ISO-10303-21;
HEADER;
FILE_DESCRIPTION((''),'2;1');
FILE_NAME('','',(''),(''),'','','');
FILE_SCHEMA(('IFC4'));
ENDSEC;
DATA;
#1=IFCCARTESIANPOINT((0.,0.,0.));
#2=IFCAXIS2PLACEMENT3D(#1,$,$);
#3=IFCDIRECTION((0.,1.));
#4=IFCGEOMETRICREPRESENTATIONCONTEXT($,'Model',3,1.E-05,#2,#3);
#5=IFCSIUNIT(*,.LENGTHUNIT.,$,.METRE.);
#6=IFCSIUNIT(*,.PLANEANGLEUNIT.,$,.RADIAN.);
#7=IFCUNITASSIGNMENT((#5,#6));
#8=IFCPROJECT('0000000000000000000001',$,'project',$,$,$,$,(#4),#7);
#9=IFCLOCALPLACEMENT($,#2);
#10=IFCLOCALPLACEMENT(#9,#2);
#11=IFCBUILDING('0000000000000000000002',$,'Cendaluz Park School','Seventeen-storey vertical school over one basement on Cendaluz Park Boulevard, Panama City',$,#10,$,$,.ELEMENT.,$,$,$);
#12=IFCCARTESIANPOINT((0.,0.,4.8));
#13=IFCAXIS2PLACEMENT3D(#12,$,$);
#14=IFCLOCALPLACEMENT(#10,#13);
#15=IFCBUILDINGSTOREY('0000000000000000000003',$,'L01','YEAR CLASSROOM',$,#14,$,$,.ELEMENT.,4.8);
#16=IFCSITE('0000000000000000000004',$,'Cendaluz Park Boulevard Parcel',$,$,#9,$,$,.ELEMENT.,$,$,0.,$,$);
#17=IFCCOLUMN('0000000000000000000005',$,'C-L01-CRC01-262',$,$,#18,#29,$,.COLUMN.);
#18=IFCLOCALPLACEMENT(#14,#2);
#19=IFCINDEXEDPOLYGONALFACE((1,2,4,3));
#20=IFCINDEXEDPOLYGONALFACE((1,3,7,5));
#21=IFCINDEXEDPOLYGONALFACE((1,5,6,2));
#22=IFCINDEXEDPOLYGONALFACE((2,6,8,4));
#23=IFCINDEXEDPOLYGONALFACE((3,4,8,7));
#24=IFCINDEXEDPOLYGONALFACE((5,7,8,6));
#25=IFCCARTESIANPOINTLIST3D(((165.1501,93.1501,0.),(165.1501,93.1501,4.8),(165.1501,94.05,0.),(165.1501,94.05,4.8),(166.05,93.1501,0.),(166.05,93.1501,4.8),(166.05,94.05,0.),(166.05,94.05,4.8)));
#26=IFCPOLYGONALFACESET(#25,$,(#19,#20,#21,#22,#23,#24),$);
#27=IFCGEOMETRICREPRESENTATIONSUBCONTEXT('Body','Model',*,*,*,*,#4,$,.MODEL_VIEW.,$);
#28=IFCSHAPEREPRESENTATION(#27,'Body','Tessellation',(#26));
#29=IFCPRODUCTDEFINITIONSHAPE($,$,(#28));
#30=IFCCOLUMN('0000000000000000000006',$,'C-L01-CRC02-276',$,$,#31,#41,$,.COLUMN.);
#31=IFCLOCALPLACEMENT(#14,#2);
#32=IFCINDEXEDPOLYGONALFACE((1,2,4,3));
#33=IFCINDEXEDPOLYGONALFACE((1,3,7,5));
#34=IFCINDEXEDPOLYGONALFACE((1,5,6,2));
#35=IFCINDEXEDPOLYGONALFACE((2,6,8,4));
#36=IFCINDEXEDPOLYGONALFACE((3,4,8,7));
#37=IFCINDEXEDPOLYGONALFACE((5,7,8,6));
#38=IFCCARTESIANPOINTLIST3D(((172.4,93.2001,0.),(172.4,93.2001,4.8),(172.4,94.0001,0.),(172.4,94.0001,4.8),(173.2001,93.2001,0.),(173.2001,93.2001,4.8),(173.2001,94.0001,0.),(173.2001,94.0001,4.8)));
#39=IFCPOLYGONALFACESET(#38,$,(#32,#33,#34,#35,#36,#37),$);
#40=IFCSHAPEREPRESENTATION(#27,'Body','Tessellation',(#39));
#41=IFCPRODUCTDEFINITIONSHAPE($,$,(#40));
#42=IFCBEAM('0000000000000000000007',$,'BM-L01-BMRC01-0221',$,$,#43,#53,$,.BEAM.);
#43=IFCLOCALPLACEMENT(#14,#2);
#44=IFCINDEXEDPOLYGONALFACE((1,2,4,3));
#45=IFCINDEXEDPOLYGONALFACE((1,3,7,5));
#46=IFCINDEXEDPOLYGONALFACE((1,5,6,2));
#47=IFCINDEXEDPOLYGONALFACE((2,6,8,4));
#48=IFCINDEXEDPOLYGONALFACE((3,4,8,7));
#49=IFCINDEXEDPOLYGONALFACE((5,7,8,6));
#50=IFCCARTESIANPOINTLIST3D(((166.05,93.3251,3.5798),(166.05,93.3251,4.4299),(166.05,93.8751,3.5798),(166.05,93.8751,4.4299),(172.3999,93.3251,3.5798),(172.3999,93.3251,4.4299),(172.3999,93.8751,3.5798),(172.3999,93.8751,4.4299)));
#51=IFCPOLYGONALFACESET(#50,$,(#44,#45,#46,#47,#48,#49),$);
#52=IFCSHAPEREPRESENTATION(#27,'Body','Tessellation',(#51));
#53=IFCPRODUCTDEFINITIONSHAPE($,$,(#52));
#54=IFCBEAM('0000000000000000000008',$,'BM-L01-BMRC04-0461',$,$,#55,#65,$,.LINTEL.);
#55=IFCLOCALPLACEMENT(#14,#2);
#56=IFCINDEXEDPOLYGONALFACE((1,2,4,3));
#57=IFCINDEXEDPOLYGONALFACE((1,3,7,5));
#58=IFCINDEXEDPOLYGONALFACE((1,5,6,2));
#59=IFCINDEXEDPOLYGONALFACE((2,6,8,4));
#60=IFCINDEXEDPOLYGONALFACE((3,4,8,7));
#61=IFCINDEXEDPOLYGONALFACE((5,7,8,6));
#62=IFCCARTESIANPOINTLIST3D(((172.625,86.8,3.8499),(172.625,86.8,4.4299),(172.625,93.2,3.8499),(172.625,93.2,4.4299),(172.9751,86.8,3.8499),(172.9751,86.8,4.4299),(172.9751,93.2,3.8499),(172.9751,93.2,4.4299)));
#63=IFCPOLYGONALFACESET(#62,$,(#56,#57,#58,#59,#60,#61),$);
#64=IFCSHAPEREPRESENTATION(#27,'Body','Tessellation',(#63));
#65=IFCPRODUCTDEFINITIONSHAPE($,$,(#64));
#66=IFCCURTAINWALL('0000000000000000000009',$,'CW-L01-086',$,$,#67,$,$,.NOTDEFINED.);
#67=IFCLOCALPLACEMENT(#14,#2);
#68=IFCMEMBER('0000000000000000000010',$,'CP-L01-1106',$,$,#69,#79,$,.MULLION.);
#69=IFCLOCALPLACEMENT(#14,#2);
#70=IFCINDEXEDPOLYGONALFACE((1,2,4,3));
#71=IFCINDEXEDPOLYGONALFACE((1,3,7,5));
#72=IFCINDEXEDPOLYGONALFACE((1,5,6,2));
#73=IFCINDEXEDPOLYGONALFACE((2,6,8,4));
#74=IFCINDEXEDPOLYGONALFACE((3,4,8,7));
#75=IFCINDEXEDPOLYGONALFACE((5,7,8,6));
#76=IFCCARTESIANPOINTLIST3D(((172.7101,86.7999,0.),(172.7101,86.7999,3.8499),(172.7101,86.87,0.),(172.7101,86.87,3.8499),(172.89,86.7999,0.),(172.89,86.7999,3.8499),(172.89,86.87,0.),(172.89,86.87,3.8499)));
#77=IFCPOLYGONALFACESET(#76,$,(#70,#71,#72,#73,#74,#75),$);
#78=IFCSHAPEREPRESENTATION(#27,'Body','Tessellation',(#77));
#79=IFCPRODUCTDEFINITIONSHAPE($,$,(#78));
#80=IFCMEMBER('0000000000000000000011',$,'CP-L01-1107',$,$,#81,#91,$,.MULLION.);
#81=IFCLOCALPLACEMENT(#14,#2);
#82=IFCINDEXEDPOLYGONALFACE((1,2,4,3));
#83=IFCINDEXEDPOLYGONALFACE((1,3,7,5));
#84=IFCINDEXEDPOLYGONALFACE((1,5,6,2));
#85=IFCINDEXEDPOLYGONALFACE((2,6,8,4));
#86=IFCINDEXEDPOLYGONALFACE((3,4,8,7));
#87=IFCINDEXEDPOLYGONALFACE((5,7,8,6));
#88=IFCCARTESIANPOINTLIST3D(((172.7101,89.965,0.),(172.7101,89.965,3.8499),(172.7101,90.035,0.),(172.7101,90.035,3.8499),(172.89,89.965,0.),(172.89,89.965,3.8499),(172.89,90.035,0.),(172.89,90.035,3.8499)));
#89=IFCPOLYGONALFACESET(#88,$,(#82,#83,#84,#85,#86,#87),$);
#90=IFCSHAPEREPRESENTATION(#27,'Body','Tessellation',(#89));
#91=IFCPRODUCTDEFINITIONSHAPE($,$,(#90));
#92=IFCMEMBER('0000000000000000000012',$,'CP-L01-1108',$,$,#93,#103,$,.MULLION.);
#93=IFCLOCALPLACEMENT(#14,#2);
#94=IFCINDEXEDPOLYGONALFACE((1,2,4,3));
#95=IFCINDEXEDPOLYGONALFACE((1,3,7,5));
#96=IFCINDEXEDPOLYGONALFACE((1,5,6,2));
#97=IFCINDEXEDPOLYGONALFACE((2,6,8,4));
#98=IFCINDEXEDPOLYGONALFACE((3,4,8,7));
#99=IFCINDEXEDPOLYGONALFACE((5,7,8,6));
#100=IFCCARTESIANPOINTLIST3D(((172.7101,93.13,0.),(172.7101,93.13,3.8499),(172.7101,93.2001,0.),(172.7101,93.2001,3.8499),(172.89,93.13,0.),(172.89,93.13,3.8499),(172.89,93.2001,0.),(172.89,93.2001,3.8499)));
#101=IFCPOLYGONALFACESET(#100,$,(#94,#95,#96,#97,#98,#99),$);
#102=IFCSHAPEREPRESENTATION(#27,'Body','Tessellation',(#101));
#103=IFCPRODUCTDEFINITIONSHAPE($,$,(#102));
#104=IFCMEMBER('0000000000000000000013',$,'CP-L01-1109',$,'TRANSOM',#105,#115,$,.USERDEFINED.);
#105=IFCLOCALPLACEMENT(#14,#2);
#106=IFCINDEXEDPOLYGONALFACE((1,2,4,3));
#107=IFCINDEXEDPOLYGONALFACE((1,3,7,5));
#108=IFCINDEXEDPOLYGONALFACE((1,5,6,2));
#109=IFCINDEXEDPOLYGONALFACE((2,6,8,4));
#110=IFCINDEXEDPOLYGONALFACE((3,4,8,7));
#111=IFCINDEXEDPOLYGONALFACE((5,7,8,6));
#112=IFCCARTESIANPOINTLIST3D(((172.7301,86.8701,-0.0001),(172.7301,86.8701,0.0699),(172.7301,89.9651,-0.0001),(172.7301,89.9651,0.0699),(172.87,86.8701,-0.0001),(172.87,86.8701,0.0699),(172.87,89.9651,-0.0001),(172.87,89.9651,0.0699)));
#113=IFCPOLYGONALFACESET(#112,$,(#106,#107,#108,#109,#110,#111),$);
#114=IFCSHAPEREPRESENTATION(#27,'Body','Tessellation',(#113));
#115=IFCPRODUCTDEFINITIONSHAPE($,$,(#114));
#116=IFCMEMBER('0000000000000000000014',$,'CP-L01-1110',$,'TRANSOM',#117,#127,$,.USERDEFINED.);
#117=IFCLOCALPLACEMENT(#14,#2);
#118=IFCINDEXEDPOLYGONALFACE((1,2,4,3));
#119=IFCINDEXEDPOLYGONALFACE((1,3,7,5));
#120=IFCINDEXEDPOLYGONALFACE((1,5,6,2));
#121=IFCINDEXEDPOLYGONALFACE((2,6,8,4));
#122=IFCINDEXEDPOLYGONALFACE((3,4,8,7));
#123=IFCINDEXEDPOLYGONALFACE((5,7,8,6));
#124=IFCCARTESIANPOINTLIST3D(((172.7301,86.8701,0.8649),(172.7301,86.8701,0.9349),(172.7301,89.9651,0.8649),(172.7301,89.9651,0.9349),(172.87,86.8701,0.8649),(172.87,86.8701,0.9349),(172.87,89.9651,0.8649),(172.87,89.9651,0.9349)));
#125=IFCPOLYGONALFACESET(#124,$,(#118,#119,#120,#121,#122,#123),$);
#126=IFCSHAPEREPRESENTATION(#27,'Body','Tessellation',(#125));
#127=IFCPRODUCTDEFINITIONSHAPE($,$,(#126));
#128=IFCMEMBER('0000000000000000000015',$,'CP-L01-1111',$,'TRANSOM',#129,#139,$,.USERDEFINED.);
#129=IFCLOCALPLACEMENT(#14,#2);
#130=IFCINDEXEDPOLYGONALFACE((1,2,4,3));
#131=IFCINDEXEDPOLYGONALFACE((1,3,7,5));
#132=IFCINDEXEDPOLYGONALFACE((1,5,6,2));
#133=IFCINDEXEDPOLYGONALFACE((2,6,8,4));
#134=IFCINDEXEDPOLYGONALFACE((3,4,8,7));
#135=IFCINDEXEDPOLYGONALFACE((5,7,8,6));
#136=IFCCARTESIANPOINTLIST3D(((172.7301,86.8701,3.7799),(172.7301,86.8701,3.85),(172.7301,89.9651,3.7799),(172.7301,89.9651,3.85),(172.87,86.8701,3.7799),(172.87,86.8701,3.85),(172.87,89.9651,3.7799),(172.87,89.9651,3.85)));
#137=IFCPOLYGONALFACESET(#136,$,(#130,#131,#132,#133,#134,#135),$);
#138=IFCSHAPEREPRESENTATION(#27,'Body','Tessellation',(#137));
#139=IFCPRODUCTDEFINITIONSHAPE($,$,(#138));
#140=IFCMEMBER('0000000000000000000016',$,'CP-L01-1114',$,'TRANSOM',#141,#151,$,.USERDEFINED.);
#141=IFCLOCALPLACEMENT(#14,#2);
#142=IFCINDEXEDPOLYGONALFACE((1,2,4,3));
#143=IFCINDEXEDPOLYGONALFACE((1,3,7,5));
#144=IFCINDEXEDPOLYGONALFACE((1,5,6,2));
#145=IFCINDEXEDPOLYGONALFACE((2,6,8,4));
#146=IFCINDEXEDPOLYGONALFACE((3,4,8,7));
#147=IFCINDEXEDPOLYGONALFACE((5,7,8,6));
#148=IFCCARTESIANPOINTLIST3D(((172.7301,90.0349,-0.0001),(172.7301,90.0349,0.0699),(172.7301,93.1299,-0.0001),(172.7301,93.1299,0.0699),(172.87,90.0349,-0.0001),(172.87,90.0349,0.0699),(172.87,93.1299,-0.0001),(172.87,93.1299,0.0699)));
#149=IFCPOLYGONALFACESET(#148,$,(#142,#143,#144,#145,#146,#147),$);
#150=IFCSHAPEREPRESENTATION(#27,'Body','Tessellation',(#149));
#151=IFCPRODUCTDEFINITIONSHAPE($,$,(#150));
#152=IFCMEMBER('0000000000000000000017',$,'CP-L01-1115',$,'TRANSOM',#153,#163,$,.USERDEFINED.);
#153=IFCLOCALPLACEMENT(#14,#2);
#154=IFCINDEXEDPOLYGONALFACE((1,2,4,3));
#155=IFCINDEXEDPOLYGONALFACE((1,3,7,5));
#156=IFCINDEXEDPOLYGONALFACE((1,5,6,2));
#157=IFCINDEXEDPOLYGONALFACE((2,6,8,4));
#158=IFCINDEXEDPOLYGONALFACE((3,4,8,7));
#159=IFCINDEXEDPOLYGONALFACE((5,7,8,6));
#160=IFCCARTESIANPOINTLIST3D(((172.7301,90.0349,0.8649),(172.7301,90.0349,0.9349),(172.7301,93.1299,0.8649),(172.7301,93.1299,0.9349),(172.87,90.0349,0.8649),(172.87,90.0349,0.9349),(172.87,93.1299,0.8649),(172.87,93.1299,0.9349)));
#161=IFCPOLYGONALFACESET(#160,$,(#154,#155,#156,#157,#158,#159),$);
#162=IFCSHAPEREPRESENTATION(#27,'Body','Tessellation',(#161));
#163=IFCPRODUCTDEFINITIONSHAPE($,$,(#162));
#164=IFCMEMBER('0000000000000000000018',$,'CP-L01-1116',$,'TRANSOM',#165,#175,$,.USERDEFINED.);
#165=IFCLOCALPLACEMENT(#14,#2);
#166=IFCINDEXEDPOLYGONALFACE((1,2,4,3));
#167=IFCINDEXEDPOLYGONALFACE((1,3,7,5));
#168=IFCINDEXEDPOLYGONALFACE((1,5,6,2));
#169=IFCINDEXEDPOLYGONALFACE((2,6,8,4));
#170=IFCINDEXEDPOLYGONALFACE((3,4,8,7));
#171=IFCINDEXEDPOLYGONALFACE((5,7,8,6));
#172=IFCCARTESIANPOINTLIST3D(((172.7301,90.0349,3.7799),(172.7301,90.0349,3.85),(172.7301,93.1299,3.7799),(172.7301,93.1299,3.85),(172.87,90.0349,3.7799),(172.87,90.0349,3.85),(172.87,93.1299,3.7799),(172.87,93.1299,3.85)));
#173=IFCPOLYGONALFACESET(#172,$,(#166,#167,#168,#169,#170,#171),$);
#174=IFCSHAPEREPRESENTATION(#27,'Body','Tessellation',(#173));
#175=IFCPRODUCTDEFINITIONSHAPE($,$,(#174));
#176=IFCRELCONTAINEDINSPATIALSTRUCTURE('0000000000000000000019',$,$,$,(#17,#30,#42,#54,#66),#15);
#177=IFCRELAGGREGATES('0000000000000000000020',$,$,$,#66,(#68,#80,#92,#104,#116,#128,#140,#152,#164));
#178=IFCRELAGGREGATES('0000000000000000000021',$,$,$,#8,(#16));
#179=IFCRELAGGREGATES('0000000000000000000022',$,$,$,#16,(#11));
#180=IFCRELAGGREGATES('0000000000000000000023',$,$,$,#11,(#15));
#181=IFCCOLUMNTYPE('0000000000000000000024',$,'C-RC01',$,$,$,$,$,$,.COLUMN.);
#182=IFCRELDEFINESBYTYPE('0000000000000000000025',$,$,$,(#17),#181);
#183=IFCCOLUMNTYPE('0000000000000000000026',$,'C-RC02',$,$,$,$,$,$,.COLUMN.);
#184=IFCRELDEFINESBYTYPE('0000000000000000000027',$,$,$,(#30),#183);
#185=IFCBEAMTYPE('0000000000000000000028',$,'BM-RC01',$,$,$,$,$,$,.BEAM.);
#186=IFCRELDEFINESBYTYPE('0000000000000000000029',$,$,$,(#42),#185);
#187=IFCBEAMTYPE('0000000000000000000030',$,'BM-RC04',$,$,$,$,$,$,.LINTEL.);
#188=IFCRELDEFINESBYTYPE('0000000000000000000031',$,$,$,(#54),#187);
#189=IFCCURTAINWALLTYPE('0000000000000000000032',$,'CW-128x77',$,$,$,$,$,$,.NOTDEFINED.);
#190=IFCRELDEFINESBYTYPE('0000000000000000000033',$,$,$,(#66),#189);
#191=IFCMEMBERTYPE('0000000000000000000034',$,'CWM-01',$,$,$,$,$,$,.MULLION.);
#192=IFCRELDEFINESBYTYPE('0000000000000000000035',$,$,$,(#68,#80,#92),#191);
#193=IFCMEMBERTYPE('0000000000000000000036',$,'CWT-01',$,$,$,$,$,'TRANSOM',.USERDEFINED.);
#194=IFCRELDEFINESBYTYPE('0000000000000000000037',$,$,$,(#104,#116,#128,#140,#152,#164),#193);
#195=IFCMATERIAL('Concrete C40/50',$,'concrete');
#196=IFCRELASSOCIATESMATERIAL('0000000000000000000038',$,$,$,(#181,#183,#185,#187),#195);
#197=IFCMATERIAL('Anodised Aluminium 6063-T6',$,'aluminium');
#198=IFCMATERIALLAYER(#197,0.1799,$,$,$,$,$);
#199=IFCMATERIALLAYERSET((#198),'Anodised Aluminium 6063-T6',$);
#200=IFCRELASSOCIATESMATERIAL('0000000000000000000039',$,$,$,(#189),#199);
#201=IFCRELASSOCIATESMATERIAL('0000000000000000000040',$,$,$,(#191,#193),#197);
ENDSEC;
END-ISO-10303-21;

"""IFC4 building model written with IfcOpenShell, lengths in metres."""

from ifc_helpers import new_model, si_unit, direction, frame, origin, origin_2d, place, context, subcontext, project, spatial, rectangle, extrude, material, layer, layer_set, material_profile, profile_set, type_object, element, aggregate, save


model = new_model("IFC4")

# Units and contexts
model_context = context("Model", 3, precision=1e-05, world=origin(), true_north=direction((0.0, 1.0)))
body_context = subcontext(model_context, "Body", "Model", "MODEL_VIEW")
ifc_project = project(units=[si_unit("LENGTHUNIT", "METRE"), si_unit("PLANEANGLEUNIT", "RADIAN")], contexts=[model_context])

# Site, building, storey
site_placement = place(None, origin())
site = spatial("IfcSite", under=ifc_project, at=site_placement, Name="Cendaluz Park Boulevard Parcel", CompositionType="ELEMENT", RefElevation=0.0)
building_placement = place(site_placement, origin())
building = spatial("IfcBuilding", under=site, at=building_placement, Name="Cendaluz Park School", Description="Seventeen-storey vertical school over one basement on Cendaluz Park Boulevard, Panama City", CompositionType="ELEMENT")
storey_placement = place(building_placement, frame((0.0, 0.0, 4.8)))
storey = spatial("IfcBuildingStorey", under=building, at=storey_placement, Name="L01", Description="YEAR CLASSROOM", CompositionType="ELEMENT", Elevation=4.8)

# Columns
ifc_material_1 = material(Name="Concrete C40/50", Category="concrete")
ifc_material_profile_1 = material_profile(ifc_material_1, rectangle(XDim=0.8999, YDim=0.8999, at=origin_2d()), Name="RC 900x900", Category="concrete")
ifc_profile_set_1 = profile_set([ifc_material_profile_1], Name="Concrete C40/50")
column_type_1 = type_object("IfcColumnType", Name="C-RC01", PredefinedType="COLUMN", material=ifc_profile_set_1)
column_1_placement = place(storey_placement, frame((165.6001, 93.6001, 0.0), z_axis=(0.0, 0.0, 1.0), x_axis=(1.0, 0.0, 0.0)))
element("IfcColumn", 1, at=column_1_placement, inside=storey, type_object=column_type_1, Name="C-L01-CRC01-262", PredefinedType="COLUMN", context=body_context, shape_type="SweptSolid", body=[
    extrude(rectangle(XDim=0.8999, YDim=0.8999, at=origin_2d()), origin(), (0.0, 0.0, 1.0), 4.8),
])
ifc_material_profile_2 = material_profile(ifc_material_1, rectangle(XDim=0.8, YDim=0.8, at=origin_2d()), Name="RC 800x800", Category="concrete")
ifc_profile_set_2 = profile_set([ifc_material_profile_2], Name="Concrete C40/50")
column_type_2 = type_object("IfcColumnType", Name="C-RC02", PredefinedType="COLUMN", material=ifc_profile_set_2)
column_2_placement = place(storey_placement, frame((172.8, 93.6001, 0.0), z_axis=(0.0, 0.0, 1.0), x_axis=(1.0, 0.0, 0.0)))
element("IfcColumn", 2, at=column_2_placement, inside=storey, type_object=column_type_2, Name="C-L01-CRC02-276", PredefinedType="COLUMN", context=body_context, shape_type="SweptSolid", body=[
    extrude(rectangle(XDim=0.8, YDim=0.8, at=origin_2d()), origin(), (0.0, 0.0, 1.0), 4.8),
])

# Beams
ifc_material_profile_3 = material_profile(ifc_material_1, rectangle(XDim=0.55, YDim=0.8501, at=origin_2d()), Name="RC 550x850", Category="concrete")
ifc_profile_set_3 = profile_set([ifc_material_profile_3], Name="Concrete C40/50")
beam_type_1 = type_object("IfcBeamType", Name="BM-RC01", PredefinedType="BEAM", material=ifc_profile_set_3)
beam_1_placement = place(storey_placement, frame((166.05, 93.6001, 4.0049), z_axis=(1.0, 0.0, 0.0), x_axis=(0.0, 1.0, 0.0)))
element("IfcBeam", 3, at=beam_1_placement, inside=storey, type_object=beam_type_1, Name="BM-L01-BMRC01-0221", PredefinedType="BEAM", context=body_context, shape_type="SweptSolid", body=[
    extrude(rectangle(XDim=0.55, YDim=0.8501, at=origin_2d()), origin(), (0.0, 0.0, 1.0), 6.3499),
])
ifc_material_profile_4 = material_profile(ifc_material_1, rectangle(XDim=0.3501, YDim=0.5801, at=origin_2d()), Name="RC 350x580", Category="concrete")
ifc_profile_set_4 = profile_set([ifc_material_profile_4], Name="Concrete C40/50")
beam_type_2 = type_object("IfcBeamType", Name="BM-RC04", PredefinedType="LINTEL", material=ifc_profile_set_4)
beam_2_placement = place(storey_placement, frame((172.8, 86.8, 4.1399), z_axis=(0.0, 1.0, 0.0), x_axis=(-1.0, 0.0, 0.0)))
element("IfcBeam", 4, at=beam_2_placement, inside=storey, type_object=beam_type_2, Name="BM-L01-BMRC04-0461", PredefinedType="LINTEL", context=body_context, shape_type="SweptSolid", body=[
    extrude(rectangle(XDim=0.3501, YDim=0.5801, at=origin_2d()), origin(), (0.0, 0.0, 1.0), 6.3999),
])

# Curtain wall, members
ifc_material_2 = material(Name="Anodised Aluminium 6063-T6", Category="aluminium")
ifc_layer_1 = layer(ifc_material_2, 0.1799)
ifc_layer_set_1 = layer_set([ifc_layer_1], Name="Anodised Aluminium 6063-T6")
curtain_wall_type = type_object("IfcCurtainWallType", Name="CW-128x77", PredefinedType="NOTDEFINED", material=ifc_layer_set_1)
curtain_wall_placement = place(storey_placement, origin())
curtain_wall = element("IfcCurtainWall", 5, at=curtain_wall_placement, inside=storey, type_object=curtain_wall_type, Name="CW-L01-086", PredefinedType="NOTDEFINED")
ifc_material_profile_5 = material_profile(ifc_material_2, rectangle(XDim=0.1799, YDim=0.0701, at=origin_2d()), Name="CWM 180x70", Category="aluminium")
ifc_profile_set_5 = profile_set([ifc_material_profile_5], Name="Anodised Aluminium 6063-T6")
member_type_1 = type_object("IfcMemberType", Name="CWM-01", PredefinedType="MULLION", material=ifc_profile_set_5)
member_1_placement = place(storey_placement, frame((172.8, 86.835, 0.0), z_axis=(0.0, 0.0, 1.0), x_axis=(-1.0, 0.0, 0.0)))
member_1 = element("IfcMember", 6, at=member_1_placement, type_object=member_type_1, Name="CP-L01-1106", PredefinedType="MULLION", context=body_context, shape_type="SweptSolid", body=[
    extrude(rectangle(XDim=0.1799, YDim=0.0701, at=origin_2d()), origin(), (0.0, 0.0, 1.0), 3.8499),
])
member_2_placement = place(storey_placement, frame((172.8, 90.0, 0.0), z_axis=(0.0, 0.0, 1.0), x_axis=(-1.0, 0.0, 0.0)))
member_2 = element("IfcMember", 7, at=member_2_placement, type_object=member_type_1, Name="CP-L01-1107", PredefinedType="MULLION", context=body_context, shape_type="SweptSolid", body=[
    extrude(rectangle(XDim=0.1799, YDim=0.0701, at=origin_2d()), origin(), (0.0, 0.0, 1.0), 3.8499),
])
member_3_placement = place(storey_placement, frame((172.8, 93.165, 0.0), z_axis=(0.0, 0.0, 1.0), x_axis=(-1.0, 0.0, 0.0)))
member_3 = element("IfcMember", 8, at=member_3_placement, type_object=member_type_1, Name="CP-L01-1108", PredefinedType="MULLION", context=body_context, shape_type="SweptSolid", body=[
    extrude(rectangle(XDim=0.1799, YDim=0.0701, at=origin_2d()), origin(), (0.0, 0.0, 1.0), 3.8499),
])
ifc_material_profile_6 = material_profile(ifc_material_2, rectangle(XDim=0.1399, YDim=0.0701, at=origin_2d()), Name="CWT 140x70", Category="aluminium")
ifc_profile_set_6 = profile_set([ifc_material_profile_6], Name="Anodised Aluminium 6063-T6")
member_type_2 = type_object("IfcMemberType", Name="CWT-01", ElementType="TRANSOM", PredefinedType="USERDEFINED", material=ifc_profile_set_6)
member_4_placement = place(storey_placement, frame((172.8, 86.8701, 0.0349), z_axis=(0.0, 1.0, 0.0), x_axis=(-1.0, 0.0, 0.0)))
member_4 = element("IfcMember", 9, at=member_4_placement, type_object=member_type_2, Name="CP-L01-1109", ObjectType="TRANSOM", PredefinedType="USERDEFINED", context=body_context, shape_type="SweptSolid", body=[
    extrude(rectangle(XDim=0.1399, YDim=0.0701, at=origin_2d()), origin(), (0.0, 0.0, 1.0), 3.095),
])
member_5_placement = place(storey_placement, frame((172.8, 86.8701, 0.8999), z_axis=(0.0, 1.0, 0.0), x_axis=(-1.0, 0.0, 0.0)))
member_5 = element("IfcMember", 10, at=member_5_placement, type_object=member_type_2, Name="CP-L01-1110", ObjectType="TRANSOM", PredefinedType="USERDEFINED", context=body_context, shape_type="SweptSolid", body=[
    extrude(rectangle(XDim=0.1399, YDim=0.0701, at=origin_2d()), origin(), (0.0, 0.0, 1.0), 3.095),
])
member_6_placement = place(storey_placement, frame((172.8, 86.8701, 3.8149), z_axis=(0.0, 1.0, 0.0), x_axis=(-1.0, 0.0, 0.0)))
member_6 = element("IfcMember", 11, at=member_6_placement, type_object=member_type_2, Name="CP-L01-1111", ObjectType="TRANSOM", PredefinedType="USERDEFINED", context=body_context, shape_type="SweptSolid", body=[
    extrude(rectangle(XDim=0.1399, YDim=0.0701, at=origin_2d()), origin(), (0.0, 0.0, 1.0), 3.095),
])
member_7_placement = place(storey_placement, frame((172.8, 90.0349, 0.0349), z_axis=(0.0, 1.0, 0.0), x_axis=(-1.0, 0.0, 0.0)))
member_7 = element("IfcMember", 12, at=member_7_placement, type_object=member_type_2, Name="CP-L01-1114", ObjectType="TRANSOM", PredefinedType="USERDEFINED", context=body_context, shape_type="SweptSolid", body=[
    extrude(rectangle(XDim=0.1399, YDim=0.0701, at=origin_2d()), origin(), (0.0, 0.0, 1.0), 3.095),
])
member_8_placement = place(storey_placement, frame((172.8, 90.0349, 0.8999), z_axis=(0.0, 1.0, 0.0), x_axis=(-1.0, 0.0, 0.0)))
member_8 = element("IfcMember", 13, at=member_8_placement, type_object=member_type_2, Name="CP-L01-1115", ObjectType="TRANSOM", PredefinedType="USERDEFINED", context=body_context, shape_type="SweptSolid", body=[
    extrude(rectangle(XDim=0.1399, YDim=0.0701, at=origin_2d()), origin(), (0.0, 0.0, 1.0), 3.095),
])
member_9_placement = place(storey_placement, frame((172.8, 90.0349, 3.8149), z_axis=(0.0, 1.0, 0.0), x_axis=(-1.0, 0.0, 0.0)))
member_9 = element("IfcMember", 14, at=member_9_placement, type_object=member_type_2, Name="CP-L01-1116", ObjectType="TRANSOM", PredefinedType="USERDEFINED", context=body_context, shape_type="SweptSolid", body=[
    extrude(rectangle(XDim=0.1399, YDim=0.0701, at=origin_2d()), origin(), (0.0, 0.0, 1.0), 3.095),
])

aggregate(curtain_wall, [member_1, member_2, member_3, member_4, member_5, member_6, member_7, member_8, member_9])

save(model, "model.ifc")
